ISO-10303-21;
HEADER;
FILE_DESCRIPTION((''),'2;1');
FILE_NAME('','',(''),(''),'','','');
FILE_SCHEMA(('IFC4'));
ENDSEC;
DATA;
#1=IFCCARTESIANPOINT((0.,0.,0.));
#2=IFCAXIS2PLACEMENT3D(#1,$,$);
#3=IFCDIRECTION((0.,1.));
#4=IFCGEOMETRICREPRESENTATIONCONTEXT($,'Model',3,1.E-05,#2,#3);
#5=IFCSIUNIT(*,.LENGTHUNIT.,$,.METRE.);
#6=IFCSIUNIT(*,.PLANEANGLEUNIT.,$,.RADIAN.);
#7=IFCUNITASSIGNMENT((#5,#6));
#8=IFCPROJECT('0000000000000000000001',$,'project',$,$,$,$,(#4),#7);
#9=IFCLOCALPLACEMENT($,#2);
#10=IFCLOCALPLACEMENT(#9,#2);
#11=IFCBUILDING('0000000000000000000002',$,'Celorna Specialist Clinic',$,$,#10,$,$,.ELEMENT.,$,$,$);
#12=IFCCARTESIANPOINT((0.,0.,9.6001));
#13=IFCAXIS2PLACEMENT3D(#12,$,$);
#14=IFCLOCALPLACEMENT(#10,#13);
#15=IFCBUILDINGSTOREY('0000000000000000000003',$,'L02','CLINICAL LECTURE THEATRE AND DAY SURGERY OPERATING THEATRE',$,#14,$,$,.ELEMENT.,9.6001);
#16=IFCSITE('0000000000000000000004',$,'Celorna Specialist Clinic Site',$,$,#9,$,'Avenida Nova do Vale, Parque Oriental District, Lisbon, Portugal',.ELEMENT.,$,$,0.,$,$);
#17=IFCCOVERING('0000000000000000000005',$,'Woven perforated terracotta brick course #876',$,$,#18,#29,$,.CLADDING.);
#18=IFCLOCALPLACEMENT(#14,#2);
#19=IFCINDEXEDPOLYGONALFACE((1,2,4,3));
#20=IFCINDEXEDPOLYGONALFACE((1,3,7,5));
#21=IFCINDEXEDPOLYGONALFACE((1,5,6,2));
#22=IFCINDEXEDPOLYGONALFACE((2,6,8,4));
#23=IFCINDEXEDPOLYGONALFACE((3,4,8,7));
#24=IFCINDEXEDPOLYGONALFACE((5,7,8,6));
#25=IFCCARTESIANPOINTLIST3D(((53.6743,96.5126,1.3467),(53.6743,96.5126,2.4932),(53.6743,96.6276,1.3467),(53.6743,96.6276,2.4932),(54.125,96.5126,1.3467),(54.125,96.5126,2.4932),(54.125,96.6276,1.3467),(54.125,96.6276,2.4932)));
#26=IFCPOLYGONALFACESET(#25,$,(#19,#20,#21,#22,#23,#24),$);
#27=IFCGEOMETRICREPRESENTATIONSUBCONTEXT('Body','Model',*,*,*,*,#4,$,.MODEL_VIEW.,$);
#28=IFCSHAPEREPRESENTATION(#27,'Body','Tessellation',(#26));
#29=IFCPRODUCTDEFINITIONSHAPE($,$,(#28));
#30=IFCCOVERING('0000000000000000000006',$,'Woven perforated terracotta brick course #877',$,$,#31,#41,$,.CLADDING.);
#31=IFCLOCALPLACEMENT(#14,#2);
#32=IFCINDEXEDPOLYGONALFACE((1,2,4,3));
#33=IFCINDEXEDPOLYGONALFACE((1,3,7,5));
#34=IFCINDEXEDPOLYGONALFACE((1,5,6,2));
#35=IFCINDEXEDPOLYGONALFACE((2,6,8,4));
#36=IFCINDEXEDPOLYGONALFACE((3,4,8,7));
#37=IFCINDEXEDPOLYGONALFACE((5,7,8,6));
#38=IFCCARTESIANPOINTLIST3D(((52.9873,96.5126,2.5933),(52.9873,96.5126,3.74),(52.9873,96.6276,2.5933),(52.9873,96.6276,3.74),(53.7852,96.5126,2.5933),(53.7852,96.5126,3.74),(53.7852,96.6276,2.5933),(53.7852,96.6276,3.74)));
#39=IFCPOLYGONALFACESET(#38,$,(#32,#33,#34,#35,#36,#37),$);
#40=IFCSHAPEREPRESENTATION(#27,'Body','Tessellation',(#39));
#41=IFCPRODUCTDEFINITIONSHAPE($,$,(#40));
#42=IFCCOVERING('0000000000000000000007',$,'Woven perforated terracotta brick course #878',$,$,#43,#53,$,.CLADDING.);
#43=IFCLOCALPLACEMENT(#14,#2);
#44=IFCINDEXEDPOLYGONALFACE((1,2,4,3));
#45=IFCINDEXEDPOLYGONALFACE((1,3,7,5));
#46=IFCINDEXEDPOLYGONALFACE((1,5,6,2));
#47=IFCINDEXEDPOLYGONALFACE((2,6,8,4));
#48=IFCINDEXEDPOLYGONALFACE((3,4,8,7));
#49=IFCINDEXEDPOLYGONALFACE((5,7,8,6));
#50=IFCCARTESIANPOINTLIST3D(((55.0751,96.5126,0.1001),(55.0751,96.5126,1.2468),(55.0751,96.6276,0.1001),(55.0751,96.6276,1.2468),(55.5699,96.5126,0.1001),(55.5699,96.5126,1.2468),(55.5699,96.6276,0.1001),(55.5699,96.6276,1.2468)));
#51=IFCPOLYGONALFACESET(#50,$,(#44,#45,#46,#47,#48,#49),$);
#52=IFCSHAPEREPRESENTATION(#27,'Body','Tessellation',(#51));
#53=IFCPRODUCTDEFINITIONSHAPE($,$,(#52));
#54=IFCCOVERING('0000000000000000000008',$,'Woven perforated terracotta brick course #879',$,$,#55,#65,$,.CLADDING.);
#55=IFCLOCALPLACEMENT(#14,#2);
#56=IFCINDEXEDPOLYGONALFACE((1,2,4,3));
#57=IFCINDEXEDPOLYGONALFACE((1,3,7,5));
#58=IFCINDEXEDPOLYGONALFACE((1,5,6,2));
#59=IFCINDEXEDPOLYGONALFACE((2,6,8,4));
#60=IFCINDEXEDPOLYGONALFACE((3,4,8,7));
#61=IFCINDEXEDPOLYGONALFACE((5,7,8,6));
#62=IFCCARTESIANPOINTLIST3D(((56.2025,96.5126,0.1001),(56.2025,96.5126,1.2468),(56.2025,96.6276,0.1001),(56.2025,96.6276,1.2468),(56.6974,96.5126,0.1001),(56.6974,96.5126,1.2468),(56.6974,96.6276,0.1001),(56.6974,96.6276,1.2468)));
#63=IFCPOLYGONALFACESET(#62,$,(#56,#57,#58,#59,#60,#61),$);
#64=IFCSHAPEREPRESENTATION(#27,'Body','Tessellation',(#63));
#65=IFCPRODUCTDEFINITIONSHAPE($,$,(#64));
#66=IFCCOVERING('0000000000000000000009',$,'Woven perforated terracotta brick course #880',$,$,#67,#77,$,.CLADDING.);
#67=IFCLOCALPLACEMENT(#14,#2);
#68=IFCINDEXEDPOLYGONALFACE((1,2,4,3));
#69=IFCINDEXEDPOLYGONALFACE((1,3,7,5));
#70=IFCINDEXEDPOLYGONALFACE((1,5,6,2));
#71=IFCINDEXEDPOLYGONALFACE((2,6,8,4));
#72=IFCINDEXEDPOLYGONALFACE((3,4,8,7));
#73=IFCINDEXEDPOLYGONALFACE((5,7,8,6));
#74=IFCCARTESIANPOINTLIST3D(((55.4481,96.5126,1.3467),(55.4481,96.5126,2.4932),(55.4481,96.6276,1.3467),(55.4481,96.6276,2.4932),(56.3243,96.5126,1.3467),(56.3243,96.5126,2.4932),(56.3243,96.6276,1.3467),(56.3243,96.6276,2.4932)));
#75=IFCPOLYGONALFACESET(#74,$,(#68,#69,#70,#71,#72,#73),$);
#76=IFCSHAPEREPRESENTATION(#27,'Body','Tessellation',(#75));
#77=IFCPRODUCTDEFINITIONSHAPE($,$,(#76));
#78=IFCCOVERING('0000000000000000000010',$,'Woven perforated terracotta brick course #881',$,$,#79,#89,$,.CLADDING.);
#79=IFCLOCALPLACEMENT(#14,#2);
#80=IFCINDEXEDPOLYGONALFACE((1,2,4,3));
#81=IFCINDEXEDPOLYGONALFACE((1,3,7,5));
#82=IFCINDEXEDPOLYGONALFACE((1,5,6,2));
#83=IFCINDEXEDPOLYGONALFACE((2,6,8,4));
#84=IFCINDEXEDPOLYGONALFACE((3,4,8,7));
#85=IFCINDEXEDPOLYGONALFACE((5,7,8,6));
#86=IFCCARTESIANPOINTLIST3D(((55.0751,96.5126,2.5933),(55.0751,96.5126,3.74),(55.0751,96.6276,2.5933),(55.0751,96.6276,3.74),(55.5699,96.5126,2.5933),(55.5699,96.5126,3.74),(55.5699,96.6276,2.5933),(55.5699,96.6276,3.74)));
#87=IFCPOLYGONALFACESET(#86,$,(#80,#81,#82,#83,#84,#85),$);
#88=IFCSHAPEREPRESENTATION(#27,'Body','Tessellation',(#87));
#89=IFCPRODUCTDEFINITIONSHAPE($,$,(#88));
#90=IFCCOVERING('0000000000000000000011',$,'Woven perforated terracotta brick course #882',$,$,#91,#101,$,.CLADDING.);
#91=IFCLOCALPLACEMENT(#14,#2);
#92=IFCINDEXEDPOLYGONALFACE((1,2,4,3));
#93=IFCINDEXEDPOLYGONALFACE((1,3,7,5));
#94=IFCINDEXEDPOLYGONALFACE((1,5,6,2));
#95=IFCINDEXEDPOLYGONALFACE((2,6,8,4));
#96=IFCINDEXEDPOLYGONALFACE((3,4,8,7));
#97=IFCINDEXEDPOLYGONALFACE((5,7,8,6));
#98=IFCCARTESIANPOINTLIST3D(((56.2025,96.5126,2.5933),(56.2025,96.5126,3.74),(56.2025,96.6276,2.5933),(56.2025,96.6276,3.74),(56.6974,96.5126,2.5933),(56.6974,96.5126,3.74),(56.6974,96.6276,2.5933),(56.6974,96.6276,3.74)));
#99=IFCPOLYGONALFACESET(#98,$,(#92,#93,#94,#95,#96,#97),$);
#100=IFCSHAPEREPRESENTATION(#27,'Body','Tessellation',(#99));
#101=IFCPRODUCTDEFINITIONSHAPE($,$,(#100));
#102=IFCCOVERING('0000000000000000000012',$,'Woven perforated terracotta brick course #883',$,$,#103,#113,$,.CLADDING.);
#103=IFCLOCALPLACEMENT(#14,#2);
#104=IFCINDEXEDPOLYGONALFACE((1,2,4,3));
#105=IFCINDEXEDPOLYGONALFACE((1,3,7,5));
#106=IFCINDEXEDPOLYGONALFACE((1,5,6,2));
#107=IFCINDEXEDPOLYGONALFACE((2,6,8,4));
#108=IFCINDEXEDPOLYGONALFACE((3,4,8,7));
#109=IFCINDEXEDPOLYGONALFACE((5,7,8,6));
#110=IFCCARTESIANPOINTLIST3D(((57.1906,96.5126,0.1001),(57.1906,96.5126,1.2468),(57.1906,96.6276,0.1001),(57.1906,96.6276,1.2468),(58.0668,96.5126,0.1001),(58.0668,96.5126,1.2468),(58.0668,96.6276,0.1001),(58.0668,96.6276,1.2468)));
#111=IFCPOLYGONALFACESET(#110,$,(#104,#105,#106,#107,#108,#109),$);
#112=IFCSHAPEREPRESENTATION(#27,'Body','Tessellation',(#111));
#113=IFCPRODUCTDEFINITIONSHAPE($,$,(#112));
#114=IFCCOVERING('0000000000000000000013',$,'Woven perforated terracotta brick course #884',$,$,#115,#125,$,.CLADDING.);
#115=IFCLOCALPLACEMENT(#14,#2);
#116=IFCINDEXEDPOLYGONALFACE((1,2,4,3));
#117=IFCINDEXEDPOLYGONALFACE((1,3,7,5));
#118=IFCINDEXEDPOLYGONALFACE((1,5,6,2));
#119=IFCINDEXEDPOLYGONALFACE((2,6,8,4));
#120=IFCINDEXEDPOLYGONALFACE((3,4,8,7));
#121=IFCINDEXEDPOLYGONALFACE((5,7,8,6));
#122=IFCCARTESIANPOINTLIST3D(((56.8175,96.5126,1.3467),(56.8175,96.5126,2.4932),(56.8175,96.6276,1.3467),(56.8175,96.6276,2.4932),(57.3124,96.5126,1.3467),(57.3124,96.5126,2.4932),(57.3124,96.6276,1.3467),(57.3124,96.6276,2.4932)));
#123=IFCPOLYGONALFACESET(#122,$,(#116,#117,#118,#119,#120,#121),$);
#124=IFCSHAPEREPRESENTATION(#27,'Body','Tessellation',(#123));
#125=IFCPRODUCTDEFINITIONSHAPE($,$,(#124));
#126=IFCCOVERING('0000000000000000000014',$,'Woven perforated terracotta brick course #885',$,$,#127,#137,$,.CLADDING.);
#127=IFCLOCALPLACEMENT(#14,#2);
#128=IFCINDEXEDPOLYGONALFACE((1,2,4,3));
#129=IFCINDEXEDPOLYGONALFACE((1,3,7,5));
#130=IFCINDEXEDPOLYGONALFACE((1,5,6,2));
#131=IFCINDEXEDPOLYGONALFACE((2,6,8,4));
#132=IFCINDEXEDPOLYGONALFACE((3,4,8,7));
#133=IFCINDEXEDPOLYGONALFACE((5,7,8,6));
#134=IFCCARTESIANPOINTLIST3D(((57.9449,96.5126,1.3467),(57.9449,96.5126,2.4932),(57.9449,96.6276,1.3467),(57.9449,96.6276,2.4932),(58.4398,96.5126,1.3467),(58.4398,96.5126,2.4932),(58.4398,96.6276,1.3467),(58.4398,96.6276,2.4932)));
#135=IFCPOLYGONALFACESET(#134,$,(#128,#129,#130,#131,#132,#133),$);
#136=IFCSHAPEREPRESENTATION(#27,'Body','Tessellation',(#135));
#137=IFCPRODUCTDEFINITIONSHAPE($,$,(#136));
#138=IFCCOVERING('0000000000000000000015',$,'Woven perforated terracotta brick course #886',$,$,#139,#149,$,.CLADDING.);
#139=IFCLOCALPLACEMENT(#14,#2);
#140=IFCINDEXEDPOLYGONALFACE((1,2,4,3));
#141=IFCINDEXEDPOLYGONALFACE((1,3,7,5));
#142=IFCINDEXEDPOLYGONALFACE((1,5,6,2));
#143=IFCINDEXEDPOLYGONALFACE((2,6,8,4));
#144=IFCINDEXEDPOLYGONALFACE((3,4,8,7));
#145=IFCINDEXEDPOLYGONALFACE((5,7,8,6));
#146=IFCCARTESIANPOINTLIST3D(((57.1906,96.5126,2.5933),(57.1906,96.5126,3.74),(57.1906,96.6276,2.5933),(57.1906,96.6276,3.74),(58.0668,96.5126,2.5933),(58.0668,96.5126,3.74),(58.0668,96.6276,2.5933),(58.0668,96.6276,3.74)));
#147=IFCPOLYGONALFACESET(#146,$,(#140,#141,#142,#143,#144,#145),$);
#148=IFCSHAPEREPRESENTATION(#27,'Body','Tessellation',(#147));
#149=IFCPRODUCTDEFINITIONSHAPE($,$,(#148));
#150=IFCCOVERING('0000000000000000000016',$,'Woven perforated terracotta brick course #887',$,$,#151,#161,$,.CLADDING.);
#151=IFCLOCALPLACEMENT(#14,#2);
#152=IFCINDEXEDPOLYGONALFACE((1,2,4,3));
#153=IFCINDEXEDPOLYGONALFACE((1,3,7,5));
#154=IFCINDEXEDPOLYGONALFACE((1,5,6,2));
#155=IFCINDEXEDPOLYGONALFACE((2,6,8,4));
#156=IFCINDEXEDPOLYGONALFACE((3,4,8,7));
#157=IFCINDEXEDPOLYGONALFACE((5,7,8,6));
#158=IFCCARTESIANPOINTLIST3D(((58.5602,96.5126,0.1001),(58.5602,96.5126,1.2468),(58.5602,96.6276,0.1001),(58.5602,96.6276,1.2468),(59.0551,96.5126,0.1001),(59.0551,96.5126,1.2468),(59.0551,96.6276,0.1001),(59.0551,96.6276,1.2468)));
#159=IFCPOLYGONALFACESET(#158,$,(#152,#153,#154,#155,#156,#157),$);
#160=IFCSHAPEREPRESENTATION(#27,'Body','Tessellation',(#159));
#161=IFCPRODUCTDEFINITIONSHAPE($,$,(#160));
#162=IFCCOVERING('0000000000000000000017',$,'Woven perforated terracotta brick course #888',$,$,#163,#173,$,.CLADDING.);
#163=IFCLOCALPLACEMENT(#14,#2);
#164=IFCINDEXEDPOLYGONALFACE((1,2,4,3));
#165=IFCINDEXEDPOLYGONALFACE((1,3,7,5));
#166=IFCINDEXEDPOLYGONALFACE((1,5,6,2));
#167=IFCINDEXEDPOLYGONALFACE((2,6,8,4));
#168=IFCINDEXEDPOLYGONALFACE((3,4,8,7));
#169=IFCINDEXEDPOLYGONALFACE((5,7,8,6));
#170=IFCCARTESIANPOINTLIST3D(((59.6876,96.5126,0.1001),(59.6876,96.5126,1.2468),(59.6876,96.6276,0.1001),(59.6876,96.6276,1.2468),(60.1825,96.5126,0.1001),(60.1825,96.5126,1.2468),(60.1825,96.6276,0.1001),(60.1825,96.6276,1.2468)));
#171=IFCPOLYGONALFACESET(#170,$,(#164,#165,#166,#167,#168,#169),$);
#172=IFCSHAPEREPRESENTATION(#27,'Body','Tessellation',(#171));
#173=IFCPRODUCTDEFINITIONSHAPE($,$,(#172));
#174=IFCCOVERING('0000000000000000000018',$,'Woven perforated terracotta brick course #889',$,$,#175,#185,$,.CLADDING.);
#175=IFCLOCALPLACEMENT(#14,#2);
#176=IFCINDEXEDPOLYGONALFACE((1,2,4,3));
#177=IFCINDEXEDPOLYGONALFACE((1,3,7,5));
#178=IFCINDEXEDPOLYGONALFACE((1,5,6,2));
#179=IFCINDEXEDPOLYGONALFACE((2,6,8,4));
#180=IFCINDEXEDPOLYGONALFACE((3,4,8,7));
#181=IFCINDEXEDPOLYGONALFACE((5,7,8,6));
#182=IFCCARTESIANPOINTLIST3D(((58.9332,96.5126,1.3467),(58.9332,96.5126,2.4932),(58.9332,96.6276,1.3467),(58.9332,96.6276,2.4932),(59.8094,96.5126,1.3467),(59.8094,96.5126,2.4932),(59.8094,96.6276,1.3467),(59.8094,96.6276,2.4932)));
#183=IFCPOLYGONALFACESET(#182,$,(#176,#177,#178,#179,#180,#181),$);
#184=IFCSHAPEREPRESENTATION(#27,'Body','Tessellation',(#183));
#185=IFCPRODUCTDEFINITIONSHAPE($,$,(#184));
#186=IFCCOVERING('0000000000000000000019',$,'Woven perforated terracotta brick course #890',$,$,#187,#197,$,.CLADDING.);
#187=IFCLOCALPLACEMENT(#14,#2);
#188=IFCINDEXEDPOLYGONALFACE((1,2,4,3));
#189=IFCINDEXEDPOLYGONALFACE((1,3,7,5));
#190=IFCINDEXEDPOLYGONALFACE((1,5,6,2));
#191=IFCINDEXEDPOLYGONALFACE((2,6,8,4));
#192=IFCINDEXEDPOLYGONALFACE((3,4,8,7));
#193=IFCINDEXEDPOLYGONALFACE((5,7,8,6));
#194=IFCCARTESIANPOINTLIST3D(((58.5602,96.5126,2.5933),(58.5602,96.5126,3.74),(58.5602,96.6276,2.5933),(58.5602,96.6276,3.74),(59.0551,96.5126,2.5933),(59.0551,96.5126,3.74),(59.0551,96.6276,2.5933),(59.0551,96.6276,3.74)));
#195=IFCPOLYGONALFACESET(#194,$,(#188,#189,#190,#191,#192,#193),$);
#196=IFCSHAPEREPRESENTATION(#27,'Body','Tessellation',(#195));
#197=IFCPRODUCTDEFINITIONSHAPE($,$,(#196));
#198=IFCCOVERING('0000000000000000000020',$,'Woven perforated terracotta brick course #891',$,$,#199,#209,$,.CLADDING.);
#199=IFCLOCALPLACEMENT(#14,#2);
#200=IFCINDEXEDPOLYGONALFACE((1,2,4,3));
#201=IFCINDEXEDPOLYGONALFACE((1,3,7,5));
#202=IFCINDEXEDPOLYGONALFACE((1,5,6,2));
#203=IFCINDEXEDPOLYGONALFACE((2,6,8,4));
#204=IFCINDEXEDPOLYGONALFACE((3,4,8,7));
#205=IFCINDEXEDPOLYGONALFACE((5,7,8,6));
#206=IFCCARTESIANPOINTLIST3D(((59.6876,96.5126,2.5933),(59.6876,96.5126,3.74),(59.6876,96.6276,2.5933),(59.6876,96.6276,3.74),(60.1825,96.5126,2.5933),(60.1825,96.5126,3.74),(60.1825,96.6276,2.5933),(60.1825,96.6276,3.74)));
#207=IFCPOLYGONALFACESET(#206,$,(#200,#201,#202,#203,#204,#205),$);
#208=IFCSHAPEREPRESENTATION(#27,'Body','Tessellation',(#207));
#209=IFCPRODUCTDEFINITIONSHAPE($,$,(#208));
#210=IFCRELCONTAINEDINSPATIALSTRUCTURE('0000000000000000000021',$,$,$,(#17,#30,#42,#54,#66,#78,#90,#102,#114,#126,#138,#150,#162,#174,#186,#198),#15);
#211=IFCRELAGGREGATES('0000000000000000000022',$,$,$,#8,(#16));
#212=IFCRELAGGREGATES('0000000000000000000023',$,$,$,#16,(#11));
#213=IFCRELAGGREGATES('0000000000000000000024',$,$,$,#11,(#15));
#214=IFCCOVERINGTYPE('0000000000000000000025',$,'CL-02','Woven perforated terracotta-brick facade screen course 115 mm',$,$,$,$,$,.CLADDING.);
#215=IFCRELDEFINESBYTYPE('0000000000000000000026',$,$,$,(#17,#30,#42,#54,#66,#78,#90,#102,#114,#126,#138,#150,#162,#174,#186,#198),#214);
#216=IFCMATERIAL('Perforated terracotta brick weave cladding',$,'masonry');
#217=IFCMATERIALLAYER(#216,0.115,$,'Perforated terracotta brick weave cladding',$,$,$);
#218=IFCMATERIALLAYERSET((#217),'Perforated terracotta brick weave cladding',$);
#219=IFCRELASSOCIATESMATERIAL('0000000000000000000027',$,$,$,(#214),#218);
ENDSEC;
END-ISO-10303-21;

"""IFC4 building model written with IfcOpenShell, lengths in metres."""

from ifc_helpers import new_model, si_unit, direction, frame, origin, origin_2d, place, context, subcontext, project, spatial, rectangle, extrude, material, layer, layer_set, type_object, element, save


model = new_model("IFC4")

# Units and contexts
model_context = context("Model", 3, precision=1e-05, world=origin(), true_north=direction((0.0, 1.0)))
body_context = subcontext(model_context, "Body", "Model", "MODEL_VIEW")
ifc_project = project(units=[si_unit("LENGTHUNIT", "METRE"), si_unit("PLANEANGLEUNIT", "RADIAN")], contexts=[model_context])

# Site, building, storey
site_placement = place(None, origin())
site = spatial("IfcSite", under=ifc_project, at=site_placement, Name="Celorna Specialist Clinic Site", LongName="Avenida Nova do Vale, Parque Oriental District, Lisbon, Portugal", CompositionType="ELEMENT", RefElevation=0.0)
building_placement = place(site_placement, origin())
building = spatial("IfcBuilding", under=site, at=building_placement, Name="Celorna Specialist Clinic", CompositionType="ELEMENT")
storey_placement = place(building_placement, frame((0.0, 0.0, 9.6001)))
storey = spatial("IfcBuildingStorey", under=building, at=storey_placement, Name="L02", Description="CLINICAL LECTURE THEATRE AND DAY SURGERY OPERATING THEATRE", CompositionType="ELEMENT", Elevation=9.6001)

# Coverings
ifc_material_1 = material(Name="Perforated terracotta brick weave cladding", Category="masonry")
ifc_layer_1 = layer(ifc_material_1, 0.115, Name="Perforated terracotta brick weave cladding")
ifc_layer_set_1 = layer_set([ifc_layer_1], Name="Perforated terracotta brick weave cladding")
covering_type = type_object("IfcCoveringType", Name="CL-02", Description="Woven perforated terracotta-brick facade screen course 115 mm", PredefinedType="CLADDING", material=ifc_layer_set_1)
for number, where, z_axis, x_axis, name in (
    (1, (53.8997, 96.5701, 1.3467), (0.0, 0.0, 1.0), (1.0, 0.0, 0.0), "Woven perforated terracotta brick course #876"),
):
    element("IfcCovering", number, at=place(storey_placement, frame(where, z_axis=z_axis, x_axis=x_axis)), inside=storey, type_object=covering_type, Name=name, PredefinedType="CLADDING", context=body_context, shape_type="SweptSolid", body=[
        extrude(rectangle(XDim=0.4507, YDim=0.115, at=origin_2d()), origin(), (0.0, 0.0, 1.0), 1.1465),
    ])
covering_1_placement = place(storey_placement, frame((53.3862, 96.5701, 2.5933), z_axis=(0.0, 0.0, 1.0), x_axis=(1.0, 0.0, 0.0)))
element("IfcCovering", 2, at=covering_1_placement, inside=storey, type_object=covering_type, Name="Woven perforated terracotta brick course #877", PredefinedType="CLADDING", context=body_context, shape_type="SweptSolid", body=[
    extrude(rectangle(XDim=0.7979, YDim=0.115, at=origin_2d()), origin(), (0.0, 0.0, 1.0), 1.1467),
])
for number, where, z_axis, x_axis, name in (
    (3, (55.3225, 96.5701, 0.1001), (0.0, 0.0, 1.0), (1.0, 0.0, 0.0), "Woven perforated terracotta brick course #878"),
    (4, (56.45, 96.5701, 0.1001), (0.0, 0.0, 1.0), (1.0, 0.0, 0.0), "Woven perforated terracotta brick course #879"),
):
    element("IfcCovering", number, at=place(storey_placement, frame(where, z_axis=z_axis, x_axis=x_axis)), inside=storey, type_object=covering_type, Name=name, PredefinedType="CLADDING", context=body_context, shape_type="SweptSolid", body=[
        extrude(rectangle(XDim=0.4949, YDim=0.115, at=origin_2d()), origin(), (0.0, 0.0, 1.0), 1.1467),
    ])
covering_2_placement = place(storey_placement, frame((55.8862, 96.5701, 1.3467), z_axis=(0.0, 0.0, 1.0), x_axis=(1.0, 0.0, 0.0)))
element("IfcCovering", 5, at=covering_2_placement, inside=storey, type_object=covering_type, Name="Woven perforated terracotta brick course #880", PredefinedType="CLADDING", context=body_context, shape_type="SweptSolid", body=[
    extrude(rectangle(XDim=0.8762, YDim=0.115, at=origin_2d()), origin(), (0.0, 0.0, 1.0), 1.1465),
])
for number, where, z_axis, x_axis, name in (
    (6, (55.3225, 96.5701, 2.5933), (0.0, 0.0, 1.0), (1.0, 0.0, 0.0), "Woven perforated terracotta brick course #881"),
    (7, (56.45, 96.5701, 2.5933), (0.0, 0.0, 1.0), (1.0, 0.0, 0.0), "Woven perforated terracotta brick course #882"),
):
    element("IfcCovering", number, at=place(storey_placement, frame(where, z_axis=z_axis, x_axis=x_axis)), inside=storey, type_object=covering_type, Name=name, PredefinedType="CLADDING", context=body_context, shape_type="SweptSolid", body=[
        extrude(rectangle(XDim=0.4949, YDim=0.115, at=origin_2d()), origin(), (0.0, 0.0, 1.0), 1.1467),
    ])
covering_3_placement = place(storey_placement, frame((57.6287, 96.5701, 0.1001), z_axis=(0.0, 0.0, 1.0), x_axis=(1.0, 0.0, 0.0)))
element("IfcCovering", 8, at=covering_3_placement, inside=storey, type_object=covering_type, Name="Woven perforated terracotta brick course #883", PredefinedType="CLADDING", context=body_context, shape_type="SweptSolid", body=[
    extrude(rectangle(XDim=0.8762, YDim=0.115, at=origin_2d()), origin(), (0.0, 0.0, 1.0), 1.1467),
])
for number, where, z_axis, x_axis, name in (
    (9, (57.0649, 96.5701, 1.3467), (0.0, 0.0, 1.0), (1.0, 0.0, 0.0), "Woven perforated terracotta brick course #884"),
    (10, (58.1924, 96.5701, 1.3467), (0.0, 0.0, 1.0), (1.0, 0.0, 0.0), "Woven perforated terracotta brick course #885"),
):
    element("IfcCovering", number, at=place(storey_placement, frame(where, z_axis=z_axis, x_axis=x_axis)), inside=storey, type_object=covering_type, Name=name, PredefinedType="CLADDING", context=body_context, shape_type="SweptSolid", body=[
        extrude(rectangle(XDim=0.4949, YDim=0.115, at=origin_2d()), origin(), (0.0, 0.0, 1.0), 1.1465),
    ])
covering_4_placement = place(storey_placement, frame((57.6287, 96.5701, 2.5933), z_axis=(0.0, 0.0, 1.0), x_axis=(1.0, 0.0, 0.0)))
element("IfcCovering", 11, at=covering_4_placement, inside=storey, type_object=covering_type, Name="Woven perforated terracotta brick course #886", PredefinedType="CLADDING", context=body_context, shape_type="SweptSolid", body=[
    extrude(rectangle(XDim=0.8762, YDim=0.115, at=origin_2d()), origin(), (0.0, 0.0, 1.0), 1.1467),
])
for number, where, z_axis, x_axis, name in (
    (12, (58.8076, 96.5701, 0.1001), (0.0, 0.0, 1.0), (1.0, 0.0, 0.0), "Woven perforated terracotta brick course #887"),
    (13, (59.9351, 96.5701, 0.1001), (0.0, 0.0, 1.0), (1.0, 0.0, 0.0), "Woven perforated terracotta brick course #888"),
):
    element("IfcCovering", number, at=place(storey_placement, frame(where, z_axis=z_axis, x_axis=x_axis)), inside=storey, type_object=covering_type, Name=name, PredefinedType="CLADDING", context=body_context, shape_type="SweptSolid", body=[
        extrude(rectangle(XDim=0.4949, YDim=0.115, at=origin_2d()), origin(), (0.0, 0.0, 1.0), 1.1467),
    ])
covering_5_placement = place(storey_placement, frame((59.3713, 96.5701, 1.3467), z_axis=(0.0, 0.0, 1.0), x_axis=(1.0, 0.0, 0.0)))
element("IfcCovering", 14, at=covering_5_placement, inside=storey, type_object=covering_type, Name="Woven perforated terracotta brick course #889", PredefinedType="CLADDING", context=body_context, shape_type="SweptSolid", body=[
    extrude(rectangle(XDim=0.8762, YDim=0.115, at=origin_2d()), origin(), (0.0, 0.0, 1.0), 1.1465),
])
for number, where, z_axis, x_axis, name in (
    (15, (58.8076, 96.5701, 2.5933), (0.0, 0.0, 1.0), (1.0, 0.0, 0.0), "Woven perforated terracotta brick course #890"),
    (16, (59.9351, 96.5701, 2.5933), (0.0, 0.0, 1.0), (1.0, 0.0, 0.0), "Woven perforated terracotta brick course #891"),
):
    element("IfcCovering", number, at=place(storey_placement, frame(where, z_axis=z_axis, x_axis=x_axis)), inside=storey, type_object=covering_type, Name=name, PredefinedType="CLADDING", context=body_context, shape_type="SweptSolid", body=[
        extrude(rectangle(XDim=0.4949, YDim=0.115, at=origin_2d()), origin(), (0.0, 0.0, 1.0), 1.1467),
    ])

save(model, "model.ifc")
